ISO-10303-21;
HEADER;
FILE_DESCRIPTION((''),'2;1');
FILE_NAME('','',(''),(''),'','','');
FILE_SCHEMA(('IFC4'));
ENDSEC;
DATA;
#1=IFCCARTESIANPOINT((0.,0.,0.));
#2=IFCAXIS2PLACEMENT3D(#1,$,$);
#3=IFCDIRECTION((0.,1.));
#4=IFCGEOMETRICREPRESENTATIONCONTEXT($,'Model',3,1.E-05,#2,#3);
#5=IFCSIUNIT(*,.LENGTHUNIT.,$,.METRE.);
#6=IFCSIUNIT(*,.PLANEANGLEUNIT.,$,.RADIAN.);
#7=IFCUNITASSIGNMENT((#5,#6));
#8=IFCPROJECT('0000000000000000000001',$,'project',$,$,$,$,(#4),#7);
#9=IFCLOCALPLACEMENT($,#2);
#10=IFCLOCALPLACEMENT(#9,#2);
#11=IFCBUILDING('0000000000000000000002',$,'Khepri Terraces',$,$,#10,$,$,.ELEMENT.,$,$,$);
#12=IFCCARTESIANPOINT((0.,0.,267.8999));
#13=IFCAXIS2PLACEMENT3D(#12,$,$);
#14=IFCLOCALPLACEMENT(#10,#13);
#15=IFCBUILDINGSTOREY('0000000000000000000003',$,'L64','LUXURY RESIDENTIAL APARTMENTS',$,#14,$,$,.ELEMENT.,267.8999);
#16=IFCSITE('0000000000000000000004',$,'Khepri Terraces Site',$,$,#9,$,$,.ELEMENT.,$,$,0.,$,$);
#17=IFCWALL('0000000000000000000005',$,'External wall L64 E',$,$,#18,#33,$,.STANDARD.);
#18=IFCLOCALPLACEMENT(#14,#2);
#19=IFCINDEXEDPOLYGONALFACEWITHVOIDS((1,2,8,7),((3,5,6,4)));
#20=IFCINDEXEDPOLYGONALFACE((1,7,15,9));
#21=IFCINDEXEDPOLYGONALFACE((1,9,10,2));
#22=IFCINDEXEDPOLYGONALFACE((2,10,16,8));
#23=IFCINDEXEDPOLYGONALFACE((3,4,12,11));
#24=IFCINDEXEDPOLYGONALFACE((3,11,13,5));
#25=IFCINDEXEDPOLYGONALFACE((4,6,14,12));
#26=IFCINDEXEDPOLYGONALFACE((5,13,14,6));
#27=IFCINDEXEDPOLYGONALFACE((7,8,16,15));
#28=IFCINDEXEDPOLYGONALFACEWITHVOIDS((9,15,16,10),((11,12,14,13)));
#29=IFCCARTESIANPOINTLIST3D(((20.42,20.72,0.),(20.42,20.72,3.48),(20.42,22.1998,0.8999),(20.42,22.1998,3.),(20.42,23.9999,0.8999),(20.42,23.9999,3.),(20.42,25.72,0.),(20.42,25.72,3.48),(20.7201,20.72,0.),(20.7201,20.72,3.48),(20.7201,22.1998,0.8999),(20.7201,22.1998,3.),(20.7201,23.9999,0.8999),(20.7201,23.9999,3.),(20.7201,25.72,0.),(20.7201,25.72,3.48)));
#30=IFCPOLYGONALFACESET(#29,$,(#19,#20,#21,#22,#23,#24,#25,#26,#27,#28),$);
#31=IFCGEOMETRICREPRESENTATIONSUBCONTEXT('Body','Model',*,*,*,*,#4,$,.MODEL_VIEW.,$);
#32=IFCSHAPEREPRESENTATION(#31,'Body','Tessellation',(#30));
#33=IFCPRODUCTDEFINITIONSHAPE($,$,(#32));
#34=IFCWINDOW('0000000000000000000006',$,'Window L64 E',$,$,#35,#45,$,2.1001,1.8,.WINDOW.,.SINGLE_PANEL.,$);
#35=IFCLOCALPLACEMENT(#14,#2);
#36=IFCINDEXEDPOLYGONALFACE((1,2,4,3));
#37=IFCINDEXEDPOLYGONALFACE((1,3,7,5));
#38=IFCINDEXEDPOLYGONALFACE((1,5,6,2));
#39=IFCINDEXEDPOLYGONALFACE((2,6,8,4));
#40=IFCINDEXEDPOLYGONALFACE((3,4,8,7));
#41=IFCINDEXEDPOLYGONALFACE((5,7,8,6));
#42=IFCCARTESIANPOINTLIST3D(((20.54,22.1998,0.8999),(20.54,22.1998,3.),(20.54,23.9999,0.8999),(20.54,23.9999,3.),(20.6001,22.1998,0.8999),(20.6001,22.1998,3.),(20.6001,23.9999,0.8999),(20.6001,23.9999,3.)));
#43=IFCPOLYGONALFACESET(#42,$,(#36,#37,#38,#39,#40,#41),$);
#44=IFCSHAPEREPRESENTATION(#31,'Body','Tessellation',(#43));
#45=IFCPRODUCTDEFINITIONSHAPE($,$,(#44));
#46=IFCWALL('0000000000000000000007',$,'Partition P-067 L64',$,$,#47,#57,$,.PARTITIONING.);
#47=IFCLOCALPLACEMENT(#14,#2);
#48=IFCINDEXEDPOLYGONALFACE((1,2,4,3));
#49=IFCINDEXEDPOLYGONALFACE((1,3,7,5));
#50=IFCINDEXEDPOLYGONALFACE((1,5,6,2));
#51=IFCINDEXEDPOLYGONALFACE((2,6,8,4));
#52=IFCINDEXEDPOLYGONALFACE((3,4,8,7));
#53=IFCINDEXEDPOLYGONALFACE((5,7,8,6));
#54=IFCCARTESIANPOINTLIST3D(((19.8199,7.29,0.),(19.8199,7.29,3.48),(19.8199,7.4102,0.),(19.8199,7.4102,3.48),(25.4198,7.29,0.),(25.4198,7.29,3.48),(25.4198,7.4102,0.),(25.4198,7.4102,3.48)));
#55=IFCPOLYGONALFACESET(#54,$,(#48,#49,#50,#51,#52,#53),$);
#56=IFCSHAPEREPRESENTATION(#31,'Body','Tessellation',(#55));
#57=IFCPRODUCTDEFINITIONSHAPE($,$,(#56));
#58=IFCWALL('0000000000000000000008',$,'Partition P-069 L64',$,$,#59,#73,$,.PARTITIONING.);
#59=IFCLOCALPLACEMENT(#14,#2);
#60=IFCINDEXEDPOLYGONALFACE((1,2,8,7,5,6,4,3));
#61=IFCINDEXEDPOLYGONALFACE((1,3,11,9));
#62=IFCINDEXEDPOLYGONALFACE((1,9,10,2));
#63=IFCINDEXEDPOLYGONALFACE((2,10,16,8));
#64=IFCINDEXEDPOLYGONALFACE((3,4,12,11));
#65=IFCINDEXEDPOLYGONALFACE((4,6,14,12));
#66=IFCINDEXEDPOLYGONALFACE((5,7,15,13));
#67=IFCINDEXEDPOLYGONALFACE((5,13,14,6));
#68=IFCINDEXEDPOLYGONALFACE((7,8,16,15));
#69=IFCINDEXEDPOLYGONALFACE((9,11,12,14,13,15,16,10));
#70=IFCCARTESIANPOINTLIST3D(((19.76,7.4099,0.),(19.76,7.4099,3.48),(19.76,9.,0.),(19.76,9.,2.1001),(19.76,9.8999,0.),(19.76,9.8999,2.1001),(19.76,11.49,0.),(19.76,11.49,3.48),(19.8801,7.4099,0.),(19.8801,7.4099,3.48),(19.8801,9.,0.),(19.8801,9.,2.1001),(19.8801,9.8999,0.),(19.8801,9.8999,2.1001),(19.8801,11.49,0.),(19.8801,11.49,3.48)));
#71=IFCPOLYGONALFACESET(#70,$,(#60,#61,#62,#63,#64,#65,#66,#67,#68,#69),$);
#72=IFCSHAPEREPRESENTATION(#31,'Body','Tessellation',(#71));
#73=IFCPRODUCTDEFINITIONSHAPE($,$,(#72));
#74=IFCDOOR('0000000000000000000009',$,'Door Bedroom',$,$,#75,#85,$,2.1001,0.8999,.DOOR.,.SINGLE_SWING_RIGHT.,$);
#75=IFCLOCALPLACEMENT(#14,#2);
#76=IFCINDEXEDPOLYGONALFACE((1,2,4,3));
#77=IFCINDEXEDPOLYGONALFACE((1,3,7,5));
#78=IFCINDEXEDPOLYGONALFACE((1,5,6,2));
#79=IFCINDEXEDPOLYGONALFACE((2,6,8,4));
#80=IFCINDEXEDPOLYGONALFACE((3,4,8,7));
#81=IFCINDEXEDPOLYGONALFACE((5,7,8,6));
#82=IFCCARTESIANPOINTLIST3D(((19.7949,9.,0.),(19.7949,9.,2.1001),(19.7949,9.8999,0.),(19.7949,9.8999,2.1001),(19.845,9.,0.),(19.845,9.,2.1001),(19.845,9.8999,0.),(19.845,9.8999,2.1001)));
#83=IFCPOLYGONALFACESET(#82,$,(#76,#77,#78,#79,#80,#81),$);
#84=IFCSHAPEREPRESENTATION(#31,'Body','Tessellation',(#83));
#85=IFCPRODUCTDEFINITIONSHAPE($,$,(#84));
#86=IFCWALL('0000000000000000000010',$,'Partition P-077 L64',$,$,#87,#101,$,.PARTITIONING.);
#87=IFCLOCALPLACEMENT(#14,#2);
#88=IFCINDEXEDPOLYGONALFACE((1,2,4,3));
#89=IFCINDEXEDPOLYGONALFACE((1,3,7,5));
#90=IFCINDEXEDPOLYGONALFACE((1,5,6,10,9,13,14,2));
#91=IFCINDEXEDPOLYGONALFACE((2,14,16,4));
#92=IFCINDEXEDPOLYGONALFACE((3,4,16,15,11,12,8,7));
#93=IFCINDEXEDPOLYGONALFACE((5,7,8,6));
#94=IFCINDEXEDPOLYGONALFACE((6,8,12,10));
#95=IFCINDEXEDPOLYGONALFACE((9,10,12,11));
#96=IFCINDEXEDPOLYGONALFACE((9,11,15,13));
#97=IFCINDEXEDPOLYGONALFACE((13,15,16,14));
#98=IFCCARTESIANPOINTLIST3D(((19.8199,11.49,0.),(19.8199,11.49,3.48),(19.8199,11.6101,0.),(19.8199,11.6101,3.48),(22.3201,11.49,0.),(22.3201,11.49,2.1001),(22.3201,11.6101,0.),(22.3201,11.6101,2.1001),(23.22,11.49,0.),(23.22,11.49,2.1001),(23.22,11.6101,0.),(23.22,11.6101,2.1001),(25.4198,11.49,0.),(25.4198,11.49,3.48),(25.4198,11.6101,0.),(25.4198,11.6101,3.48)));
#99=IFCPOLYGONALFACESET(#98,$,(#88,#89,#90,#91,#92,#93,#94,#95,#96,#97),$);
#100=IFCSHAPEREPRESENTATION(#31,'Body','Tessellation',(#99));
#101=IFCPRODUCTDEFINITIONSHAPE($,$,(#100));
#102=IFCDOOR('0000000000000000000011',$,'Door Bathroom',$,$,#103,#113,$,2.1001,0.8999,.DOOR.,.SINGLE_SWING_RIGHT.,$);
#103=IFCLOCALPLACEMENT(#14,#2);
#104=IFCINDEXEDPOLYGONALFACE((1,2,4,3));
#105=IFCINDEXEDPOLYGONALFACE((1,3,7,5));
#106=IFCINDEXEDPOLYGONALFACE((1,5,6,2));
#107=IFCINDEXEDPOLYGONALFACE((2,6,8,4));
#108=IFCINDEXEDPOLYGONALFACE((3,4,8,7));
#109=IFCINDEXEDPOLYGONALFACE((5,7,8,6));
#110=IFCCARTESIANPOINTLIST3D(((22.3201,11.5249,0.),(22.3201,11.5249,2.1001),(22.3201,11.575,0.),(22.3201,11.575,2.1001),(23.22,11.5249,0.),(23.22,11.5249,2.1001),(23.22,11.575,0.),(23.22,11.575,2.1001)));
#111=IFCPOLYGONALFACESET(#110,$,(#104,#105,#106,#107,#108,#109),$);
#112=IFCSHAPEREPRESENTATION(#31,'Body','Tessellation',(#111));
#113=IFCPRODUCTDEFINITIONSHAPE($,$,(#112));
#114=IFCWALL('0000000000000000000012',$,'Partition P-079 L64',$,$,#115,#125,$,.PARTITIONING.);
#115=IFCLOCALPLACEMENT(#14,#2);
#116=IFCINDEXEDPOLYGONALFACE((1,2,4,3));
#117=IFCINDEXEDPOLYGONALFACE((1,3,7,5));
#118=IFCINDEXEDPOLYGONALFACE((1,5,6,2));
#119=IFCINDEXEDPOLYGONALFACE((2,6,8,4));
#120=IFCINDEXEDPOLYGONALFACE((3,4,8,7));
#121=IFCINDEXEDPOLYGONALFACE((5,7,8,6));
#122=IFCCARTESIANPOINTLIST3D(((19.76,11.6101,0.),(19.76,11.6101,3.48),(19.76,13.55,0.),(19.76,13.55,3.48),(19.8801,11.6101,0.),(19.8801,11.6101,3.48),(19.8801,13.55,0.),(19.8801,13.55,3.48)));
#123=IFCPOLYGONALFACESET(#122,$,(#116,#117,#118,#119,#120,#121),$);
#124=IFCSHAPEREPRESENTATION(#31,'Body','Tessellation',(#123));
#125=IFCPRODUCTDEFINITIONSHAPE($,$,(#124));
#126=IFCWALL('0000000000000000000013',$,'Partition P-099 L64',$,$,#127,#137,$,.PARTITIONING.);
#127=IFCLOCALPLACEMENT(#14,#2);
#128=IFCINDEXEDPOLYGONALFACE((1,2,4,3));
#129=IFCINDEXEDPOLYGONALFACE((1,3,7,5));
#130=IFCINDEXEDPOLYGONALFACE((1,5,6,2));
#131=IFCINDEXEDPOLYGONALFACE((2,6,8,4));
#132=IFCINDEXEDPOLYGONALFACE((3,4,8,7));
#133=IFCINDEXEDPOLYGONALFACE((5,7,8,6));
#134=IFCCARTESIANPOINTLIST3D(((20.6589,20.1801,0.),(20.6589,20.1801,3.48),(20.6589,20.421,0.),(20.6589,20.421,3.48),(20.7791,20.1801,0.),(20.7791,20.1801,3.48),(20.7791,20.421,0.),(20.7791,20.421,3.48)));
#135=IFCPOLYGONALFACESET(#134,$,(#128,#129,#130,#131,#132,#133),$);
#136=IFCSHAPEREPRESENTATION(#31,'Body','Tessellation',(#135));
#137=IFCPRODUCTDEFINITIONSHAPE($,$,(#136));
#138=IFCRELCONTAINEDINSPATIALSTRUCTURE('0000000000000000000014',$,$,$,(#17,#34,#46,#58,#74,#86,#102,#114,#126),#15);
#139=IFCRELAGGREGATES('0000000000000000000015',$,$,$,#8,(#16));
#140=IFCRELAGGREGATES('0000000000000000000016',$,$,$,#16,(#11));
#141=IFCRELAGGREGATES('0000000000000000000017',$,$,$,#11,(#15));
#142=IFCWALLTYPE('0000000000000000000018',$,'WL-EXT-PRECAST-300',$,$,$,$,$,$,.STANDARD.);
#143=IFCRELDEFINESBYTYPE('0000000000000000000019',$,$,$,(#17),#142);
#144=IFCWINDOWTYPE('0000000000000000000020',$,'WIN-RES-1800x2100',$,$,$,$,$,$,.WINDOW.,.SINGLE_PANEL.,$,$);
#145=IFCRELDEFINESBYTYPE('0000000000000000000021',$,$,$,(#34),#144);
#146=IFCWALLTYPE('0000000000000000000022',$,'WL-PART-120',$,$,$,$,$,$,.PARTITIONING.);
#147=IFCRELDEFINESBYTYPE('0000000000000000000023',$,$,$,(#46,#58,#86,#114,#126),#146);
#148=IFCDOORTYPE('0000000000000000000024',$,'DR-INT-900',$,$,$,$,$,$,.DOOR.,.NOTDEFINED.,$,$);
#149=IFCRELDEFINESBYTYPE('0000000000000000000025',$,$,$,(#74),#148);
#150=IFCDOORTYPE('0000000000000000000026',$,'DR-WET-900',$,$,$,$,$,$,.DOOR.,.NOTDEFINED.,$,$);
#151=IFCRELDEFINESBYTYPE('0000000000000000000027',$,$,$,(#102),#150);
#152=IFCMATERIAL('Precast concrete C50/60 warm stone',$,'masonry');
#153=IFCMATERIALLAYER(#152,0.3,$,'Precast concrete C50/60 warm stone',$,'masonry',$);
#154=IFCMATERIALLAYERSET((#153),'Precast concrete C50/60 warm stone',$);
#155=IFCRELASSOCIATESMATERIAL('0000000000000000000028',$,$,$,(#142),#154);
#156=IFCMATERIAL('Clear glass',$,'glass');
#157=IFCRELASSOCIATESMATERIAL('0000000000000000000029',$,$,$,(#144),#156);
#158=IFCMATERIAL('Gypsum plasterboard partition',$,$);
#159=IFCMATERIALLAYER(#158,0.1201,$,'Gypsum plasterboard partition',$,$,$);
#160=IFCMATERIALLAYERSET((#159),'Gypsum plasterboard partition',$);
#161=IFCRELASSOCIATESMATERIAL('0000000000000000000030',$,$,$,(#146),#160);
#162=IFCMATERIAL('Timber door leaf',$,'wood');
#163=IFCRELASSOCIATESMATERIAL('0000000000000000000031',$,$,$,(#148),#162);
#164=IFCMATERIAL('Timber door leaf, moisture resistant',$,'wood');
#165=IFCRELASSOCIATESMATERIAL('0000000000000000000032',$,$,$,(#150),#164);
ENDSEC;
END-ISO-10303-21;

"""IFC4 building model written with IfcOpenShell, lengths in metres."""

from ifc_helpers import new_model, si_unit, direction, frame, frame_2d, origin, place, context, subcontext, project, spatial, rectangle, extrude, material, layer, layer_set, type_object, element, fill, save


model = new_model("IFC4")

# Units and contexts
model_context = context("Model", 3, precision=1e-05, world=origin(), true_north=direction((0.0, 1.0)))
body_context = subcontext(model_context, "Body", "Model", "MODEL_VIEW")
ifc_project = project(units=[si_unit("LENGTHUNIT", "METRE"), si_unit("PLANEANGLEUNIT", "RADIAN")], contexts=[model_context])

# Site, building, storey
site_placement = place(None, origin())
site = spatial("IfcSite", under=ifc_project, at=site_placement, Name="Khepri Terraces Site", CompositionType="ELEMENT", RefElevation=0.0)
building_placement = place(site_placement, origin())
building = spatial("IfcBuilding", under=site, at=building_placement, Name="Khepri Terraces", CompositionType="ELEMENT")
storey_placement = place(building_placement, frame((0.0, 0.0, 267.8999)))
storey = spatial("IfcBuildingStorey", under=building, at=storey_placement, Name="L64", Description="LUXURY RESIDENTIAL APARTMENTS", CompositionType="ELEMENT", Elevation=267.8999)

# Shared definitions
ifc_material_1 = material(Name="Precast concrete C50/60 warm stone", Category="masonry")
ifc_layer_1 = layer(ifc_material_1, 0.3, Name="Precast concrete C50/60 warm stone", Category="masonry")
ifc_layer_set_1 = layer_set([ifc_layer_1], Name="Precast concrete C50/60 warm stone")
wall_type_1 = type_object("IfcWallType", Name="WL-EXT-PRECAST-300", PredefinedType="STANDARD", material=ifc_layer_set_1)
ifc_material_2 = material(Name="Clear glass", Category="glass")
window_type = type_object("IfcWindowType", Name="WIN-RES-1800x2100", PartitioningType="SINGLE_PANEL", PredefinedType="WINDOW", material=ifc_material_2)

# Wall, opening, window
wall_1_placement = place(storey_placement, frame((20.5701, 20.72, 0.0), z_axis=(0.0, 0.0, 1.0), x_axis=(0.0, 1.0, 0.0)))
wall_1 = element("IfcWall", 1, at=wall_1_placement, inside=storey, type_object=wall_type_1, Name="External wall L64 E", PredefinedType="STANDARD", context=body_context, shape_type="SweptSolid", body=[
    extrude(rectangle(XDim=5.0, YDim=0.3, at=frame_2d((2.5, 0.0))), origin(), (0.0, 0.0, 1.0), 3.48),
])
opening_1_placement = place(wall_1_placement, frame((1.48, 0.0, 0.8999)))
opening_1 = element("IfcOpeningElement", 2, at=opening_1_placement, cuts=wall_1, PredefinedType="OPENING", context=body_context, shape_type="SweptSolid", body=[
    extrude(rectangle(XDim=1.8, YDim=2.1001, at=frame_2d((0.8999, 1.05))), frame((0.0, 0.1602, 0.0), z_axis=(0.0, -1.0, 0.0), x_axis=(1.0, 0.0, 0.0)), (0.0, 0.0, 1.0), 0.3201),
])
window_1_placement = place(opening_1_placement, origin())
window_1 = element("IfcWindow", 3, at=window_1_placement, inside=storey, type_object=window_type, Name="Window L64 E", OverallHeight=2.1001, OverallWidth=1.8, PartitioningType="SINGLE_PANEL", PredefinedType="WINDOW", context=body_context, shape_type="SweptSolid", body=[
    extrude(rectangle(XDim=1.8, YDim=2.1001, at=frame_2d((0.8999, 1.05))), frame((0.0, 0.03, 0.0), z_axis=(0.0, -1.0, 0.0), x_axis=(1.0, 0.0, 0.0)), (0.0, 0.0, 1.0), 0.0601),
])
fill(opening_1, window_1)

# Wall
ifc_material_3 = material(Name="Gypsum plasterboard partition")
ifc_layer_2 = layer(ifc_material_3, 0.1201, Name="Gypsum plasterboard partition")
ifc_layer_set_2 = layer_set([ifc_layer_2], Name="Gypsum plasterboard partition")
wall_type_2 = type_object("IfcWallType", Name="WL-PART-120", PredefinedType="PARTITIONING", material=ifc_layer_set_2)
wall_2_placement = place(storey_placement, frame((19.8201, 7.3501, 0.0), z_axis=(0.0, 0.0, 1.0), x_axis=(1.0, 0.0, 0.0)))
element("IfcWall", 4, at=wall_2_placement, inside=storey, type_object=wall_type_2, Name="Partition P-067 L64", PredefinedType="PARTITIONING", context=body_context, shape_type="SweptSolid", body=[
    extrude(rectangle(XDim=5.5999, YDim=0.1201, at=frame_2d((2.7998, 0.0))), origin(), (0.0, 0.0, 1.0), 3.48),
])

# Walls, openings, doors
wall_3_placement = place(storey_placement, frame((19.8201, 7.4099, 0.0), z_axis=(0.0, 0.0, 1.0), x_axis=(0.0, 1.0, 0.0)))
wall_3 = element("IfcWall", 5, at=wall_3_placement, inside=storey, type_object=wall_type_2, Name="Partition P-069 L64", PredefinedType="PARTITIONING", context=body_context, shape_type="SweptSolid", body=[
    extrude(rectangle(XDim=4.0801, YDim=0.1201, at=frame_2d((2.04, 0.0))), origin(), (0.0, 0.0, 1.0), 3.48),
])
opening_2_placement = place(wall_3_placement, frame((1.5901, 0.0, 0.0)))
opening_2 = element("IfcOpeningElement", 6, at=opening_2_placement, cuts=wall_3, PredefinedType="OPENING", context=body_context, shape_type="SweptSolid", body=[
    extrude(rectangle(XDim=0.8999, YDim=2.1001, at=frame_2d((0.45, 1.05))), frame((0.0, 0.0701, 0.0), z_axis=(0.0, -1.0, 0.0), x_axis=(1.0, 0.0, 0.0)), (0.0, 0.0, 1.0), 0.1401),
])
ifc_material_4 = material(Name="Timber door leaf", Category="wood")
door_type_1 = type_object("IfcDoorType", Name="DR-INT-900", OperationType="NOTDEFINED", PredefinedType="DOOR", material=ifc_material_4)
door_1_placement = place(opening_2_placement, frame((0.8999, 0.0, 0.0), z_axis=(0.0, 0.0, 1.0), x_axis=(-1.0, 0.0, 0.0)))
door_1 = element("IfcDoor", 7, at=door_1_placement, inside=storey, type_object=door_type_1, Name="Door Bedroom", OperationType="SINGLE_SWING_RIGHT", OverallHeight=2.1001, OverallWidth=0.8999, PredefinedType="DOOR", context=body_context, shape_type="SweptSolid", body=[
    extrude(rectangle(XDim=0.8999, YDim=2.1001, at=frame_2d((0.45, 1.05))), frame((0.0, 0.0249, 0.0), z_axis=(0.0, -1.0, 0.0), x_axis=(1.0, 0.0, 0.0)), (0.0, 0.0, 1.0), 0.05),
])
fill(opening_2, door_1)
wall_4_placement = place(storey_placement, frame((19.8201, 11.55, 0.0), z_axis=(0.0, 0.0, 1.0), x_axis=(1.0, 0.0, 0.0)))
wall_4 = element("IfcWall", 8, at=wall_4_placement, inside=storey, type_object=wall_type_2, Name="Partition P-077 L64", PredefinedType="PARTITIONING", context=body_context, shape_type="SweptSolid", body=[
    extrude(rectangle(XDim=5.5999, YDim=0.1201, at=frame_2d((2.7998, 0.0))), origin(), (0.0, 0.0, 1.0), 3.48),
])
opening_3_placement = place(wall_4_placement, frame((2.5, 0.0, 0.0)))
opening_3 = element("IfcOpeningElement", 9, at=opening_3_placement, cuts=wall_4, PredefinedType="OPENING", context=body_context, shape_type="SweptSolid", body=[
    extrude(rectangle(XDim=0.8999, YDim=2.1001, at=frame_2d((0.45, 1.05))), frame((0.0, 0.0701, 0.0), z_axis=(0.0, -1.0, 0.0), x_axis=(1.0, 0.0, 0.0)), (0.0, 0.0, 1.0), 0.1401),
])
ifc_material_5 = material(Name="Timber door leaf, moisture resistant", Category="wood")
door_type_2 = type_object("IfcDoorType", Name="DR-WET-900", OperationType="NOTDEFINED", PredefinedType="DOOR", material=ifc_material_5)
door_2_placement = place(opening_3_placement, origin())
door_2 = element("IfcDoor", 10, at=door_2_placement, inside=storey, type_object=door_type_2, Name="Door Bathroom", OperationType="SINGLE_SWING_RIGHT", OverallHeight=2.1001, OverallWidth=0.8999, PredefinedType="DOOR", context=body_context, shape_type="SweptSolid", body=[
    extrude(rectangle(XDim=0.8999, YDim=2.1001, at=frame_2d((0.45, 1.05))), frame((0.0, 0.0249, 0.0), z_axis=(0.0, -1.0, 0.0), x_axis=(1.0, 0.0, 0.0)), (0.0, 0.0, 1.0), 0.05),
])
fill(opening_3, door_2)

# Walls
wall_5_placement = place(storey_placement, frame((19.8201, 11.6101, 0.0), z_axis=(0.0, 0.0, 1.0), x_axis=(0.0, 1.0, 0.0)))
element("IfcWall", 11, at=wall_5_placement, inside=storey, type_object=wall_type_2, Name="Partition P-079 L64", PredefinedType="PARTITIONING", context=body_context, shape_type="SweptSolid", body=[
    extrude(rectangle(XDim=1.9399, YDim=0.1201, at=frame_2d((0.97, 0.0))), origin(), (0.0, 0.0, 1.0), 3.48),
])
wall_6_placement = place(storey_placement, frame((20.719, 20.1799, 0.0), z_axis=(0.0, 0.0, 1.0), x_axis=(0.0, 1.0, 0.0)))
element("IfcWall", 12, at=wall_6_placement, inside=storey, type_object=wall_type_2, Name="Partition P-099 L64", PredefinedType="PARTITIONING", context=body_context, shape_type="SweptSolid", body=[
    extrude(rectangle(XDim=0.241, YDim=0.1201, at=frame_2d((0.1206, 0.0))), origin(), (0.0, 0.0, 1.0), 3.48),
])

save(model, "model.ifc")
